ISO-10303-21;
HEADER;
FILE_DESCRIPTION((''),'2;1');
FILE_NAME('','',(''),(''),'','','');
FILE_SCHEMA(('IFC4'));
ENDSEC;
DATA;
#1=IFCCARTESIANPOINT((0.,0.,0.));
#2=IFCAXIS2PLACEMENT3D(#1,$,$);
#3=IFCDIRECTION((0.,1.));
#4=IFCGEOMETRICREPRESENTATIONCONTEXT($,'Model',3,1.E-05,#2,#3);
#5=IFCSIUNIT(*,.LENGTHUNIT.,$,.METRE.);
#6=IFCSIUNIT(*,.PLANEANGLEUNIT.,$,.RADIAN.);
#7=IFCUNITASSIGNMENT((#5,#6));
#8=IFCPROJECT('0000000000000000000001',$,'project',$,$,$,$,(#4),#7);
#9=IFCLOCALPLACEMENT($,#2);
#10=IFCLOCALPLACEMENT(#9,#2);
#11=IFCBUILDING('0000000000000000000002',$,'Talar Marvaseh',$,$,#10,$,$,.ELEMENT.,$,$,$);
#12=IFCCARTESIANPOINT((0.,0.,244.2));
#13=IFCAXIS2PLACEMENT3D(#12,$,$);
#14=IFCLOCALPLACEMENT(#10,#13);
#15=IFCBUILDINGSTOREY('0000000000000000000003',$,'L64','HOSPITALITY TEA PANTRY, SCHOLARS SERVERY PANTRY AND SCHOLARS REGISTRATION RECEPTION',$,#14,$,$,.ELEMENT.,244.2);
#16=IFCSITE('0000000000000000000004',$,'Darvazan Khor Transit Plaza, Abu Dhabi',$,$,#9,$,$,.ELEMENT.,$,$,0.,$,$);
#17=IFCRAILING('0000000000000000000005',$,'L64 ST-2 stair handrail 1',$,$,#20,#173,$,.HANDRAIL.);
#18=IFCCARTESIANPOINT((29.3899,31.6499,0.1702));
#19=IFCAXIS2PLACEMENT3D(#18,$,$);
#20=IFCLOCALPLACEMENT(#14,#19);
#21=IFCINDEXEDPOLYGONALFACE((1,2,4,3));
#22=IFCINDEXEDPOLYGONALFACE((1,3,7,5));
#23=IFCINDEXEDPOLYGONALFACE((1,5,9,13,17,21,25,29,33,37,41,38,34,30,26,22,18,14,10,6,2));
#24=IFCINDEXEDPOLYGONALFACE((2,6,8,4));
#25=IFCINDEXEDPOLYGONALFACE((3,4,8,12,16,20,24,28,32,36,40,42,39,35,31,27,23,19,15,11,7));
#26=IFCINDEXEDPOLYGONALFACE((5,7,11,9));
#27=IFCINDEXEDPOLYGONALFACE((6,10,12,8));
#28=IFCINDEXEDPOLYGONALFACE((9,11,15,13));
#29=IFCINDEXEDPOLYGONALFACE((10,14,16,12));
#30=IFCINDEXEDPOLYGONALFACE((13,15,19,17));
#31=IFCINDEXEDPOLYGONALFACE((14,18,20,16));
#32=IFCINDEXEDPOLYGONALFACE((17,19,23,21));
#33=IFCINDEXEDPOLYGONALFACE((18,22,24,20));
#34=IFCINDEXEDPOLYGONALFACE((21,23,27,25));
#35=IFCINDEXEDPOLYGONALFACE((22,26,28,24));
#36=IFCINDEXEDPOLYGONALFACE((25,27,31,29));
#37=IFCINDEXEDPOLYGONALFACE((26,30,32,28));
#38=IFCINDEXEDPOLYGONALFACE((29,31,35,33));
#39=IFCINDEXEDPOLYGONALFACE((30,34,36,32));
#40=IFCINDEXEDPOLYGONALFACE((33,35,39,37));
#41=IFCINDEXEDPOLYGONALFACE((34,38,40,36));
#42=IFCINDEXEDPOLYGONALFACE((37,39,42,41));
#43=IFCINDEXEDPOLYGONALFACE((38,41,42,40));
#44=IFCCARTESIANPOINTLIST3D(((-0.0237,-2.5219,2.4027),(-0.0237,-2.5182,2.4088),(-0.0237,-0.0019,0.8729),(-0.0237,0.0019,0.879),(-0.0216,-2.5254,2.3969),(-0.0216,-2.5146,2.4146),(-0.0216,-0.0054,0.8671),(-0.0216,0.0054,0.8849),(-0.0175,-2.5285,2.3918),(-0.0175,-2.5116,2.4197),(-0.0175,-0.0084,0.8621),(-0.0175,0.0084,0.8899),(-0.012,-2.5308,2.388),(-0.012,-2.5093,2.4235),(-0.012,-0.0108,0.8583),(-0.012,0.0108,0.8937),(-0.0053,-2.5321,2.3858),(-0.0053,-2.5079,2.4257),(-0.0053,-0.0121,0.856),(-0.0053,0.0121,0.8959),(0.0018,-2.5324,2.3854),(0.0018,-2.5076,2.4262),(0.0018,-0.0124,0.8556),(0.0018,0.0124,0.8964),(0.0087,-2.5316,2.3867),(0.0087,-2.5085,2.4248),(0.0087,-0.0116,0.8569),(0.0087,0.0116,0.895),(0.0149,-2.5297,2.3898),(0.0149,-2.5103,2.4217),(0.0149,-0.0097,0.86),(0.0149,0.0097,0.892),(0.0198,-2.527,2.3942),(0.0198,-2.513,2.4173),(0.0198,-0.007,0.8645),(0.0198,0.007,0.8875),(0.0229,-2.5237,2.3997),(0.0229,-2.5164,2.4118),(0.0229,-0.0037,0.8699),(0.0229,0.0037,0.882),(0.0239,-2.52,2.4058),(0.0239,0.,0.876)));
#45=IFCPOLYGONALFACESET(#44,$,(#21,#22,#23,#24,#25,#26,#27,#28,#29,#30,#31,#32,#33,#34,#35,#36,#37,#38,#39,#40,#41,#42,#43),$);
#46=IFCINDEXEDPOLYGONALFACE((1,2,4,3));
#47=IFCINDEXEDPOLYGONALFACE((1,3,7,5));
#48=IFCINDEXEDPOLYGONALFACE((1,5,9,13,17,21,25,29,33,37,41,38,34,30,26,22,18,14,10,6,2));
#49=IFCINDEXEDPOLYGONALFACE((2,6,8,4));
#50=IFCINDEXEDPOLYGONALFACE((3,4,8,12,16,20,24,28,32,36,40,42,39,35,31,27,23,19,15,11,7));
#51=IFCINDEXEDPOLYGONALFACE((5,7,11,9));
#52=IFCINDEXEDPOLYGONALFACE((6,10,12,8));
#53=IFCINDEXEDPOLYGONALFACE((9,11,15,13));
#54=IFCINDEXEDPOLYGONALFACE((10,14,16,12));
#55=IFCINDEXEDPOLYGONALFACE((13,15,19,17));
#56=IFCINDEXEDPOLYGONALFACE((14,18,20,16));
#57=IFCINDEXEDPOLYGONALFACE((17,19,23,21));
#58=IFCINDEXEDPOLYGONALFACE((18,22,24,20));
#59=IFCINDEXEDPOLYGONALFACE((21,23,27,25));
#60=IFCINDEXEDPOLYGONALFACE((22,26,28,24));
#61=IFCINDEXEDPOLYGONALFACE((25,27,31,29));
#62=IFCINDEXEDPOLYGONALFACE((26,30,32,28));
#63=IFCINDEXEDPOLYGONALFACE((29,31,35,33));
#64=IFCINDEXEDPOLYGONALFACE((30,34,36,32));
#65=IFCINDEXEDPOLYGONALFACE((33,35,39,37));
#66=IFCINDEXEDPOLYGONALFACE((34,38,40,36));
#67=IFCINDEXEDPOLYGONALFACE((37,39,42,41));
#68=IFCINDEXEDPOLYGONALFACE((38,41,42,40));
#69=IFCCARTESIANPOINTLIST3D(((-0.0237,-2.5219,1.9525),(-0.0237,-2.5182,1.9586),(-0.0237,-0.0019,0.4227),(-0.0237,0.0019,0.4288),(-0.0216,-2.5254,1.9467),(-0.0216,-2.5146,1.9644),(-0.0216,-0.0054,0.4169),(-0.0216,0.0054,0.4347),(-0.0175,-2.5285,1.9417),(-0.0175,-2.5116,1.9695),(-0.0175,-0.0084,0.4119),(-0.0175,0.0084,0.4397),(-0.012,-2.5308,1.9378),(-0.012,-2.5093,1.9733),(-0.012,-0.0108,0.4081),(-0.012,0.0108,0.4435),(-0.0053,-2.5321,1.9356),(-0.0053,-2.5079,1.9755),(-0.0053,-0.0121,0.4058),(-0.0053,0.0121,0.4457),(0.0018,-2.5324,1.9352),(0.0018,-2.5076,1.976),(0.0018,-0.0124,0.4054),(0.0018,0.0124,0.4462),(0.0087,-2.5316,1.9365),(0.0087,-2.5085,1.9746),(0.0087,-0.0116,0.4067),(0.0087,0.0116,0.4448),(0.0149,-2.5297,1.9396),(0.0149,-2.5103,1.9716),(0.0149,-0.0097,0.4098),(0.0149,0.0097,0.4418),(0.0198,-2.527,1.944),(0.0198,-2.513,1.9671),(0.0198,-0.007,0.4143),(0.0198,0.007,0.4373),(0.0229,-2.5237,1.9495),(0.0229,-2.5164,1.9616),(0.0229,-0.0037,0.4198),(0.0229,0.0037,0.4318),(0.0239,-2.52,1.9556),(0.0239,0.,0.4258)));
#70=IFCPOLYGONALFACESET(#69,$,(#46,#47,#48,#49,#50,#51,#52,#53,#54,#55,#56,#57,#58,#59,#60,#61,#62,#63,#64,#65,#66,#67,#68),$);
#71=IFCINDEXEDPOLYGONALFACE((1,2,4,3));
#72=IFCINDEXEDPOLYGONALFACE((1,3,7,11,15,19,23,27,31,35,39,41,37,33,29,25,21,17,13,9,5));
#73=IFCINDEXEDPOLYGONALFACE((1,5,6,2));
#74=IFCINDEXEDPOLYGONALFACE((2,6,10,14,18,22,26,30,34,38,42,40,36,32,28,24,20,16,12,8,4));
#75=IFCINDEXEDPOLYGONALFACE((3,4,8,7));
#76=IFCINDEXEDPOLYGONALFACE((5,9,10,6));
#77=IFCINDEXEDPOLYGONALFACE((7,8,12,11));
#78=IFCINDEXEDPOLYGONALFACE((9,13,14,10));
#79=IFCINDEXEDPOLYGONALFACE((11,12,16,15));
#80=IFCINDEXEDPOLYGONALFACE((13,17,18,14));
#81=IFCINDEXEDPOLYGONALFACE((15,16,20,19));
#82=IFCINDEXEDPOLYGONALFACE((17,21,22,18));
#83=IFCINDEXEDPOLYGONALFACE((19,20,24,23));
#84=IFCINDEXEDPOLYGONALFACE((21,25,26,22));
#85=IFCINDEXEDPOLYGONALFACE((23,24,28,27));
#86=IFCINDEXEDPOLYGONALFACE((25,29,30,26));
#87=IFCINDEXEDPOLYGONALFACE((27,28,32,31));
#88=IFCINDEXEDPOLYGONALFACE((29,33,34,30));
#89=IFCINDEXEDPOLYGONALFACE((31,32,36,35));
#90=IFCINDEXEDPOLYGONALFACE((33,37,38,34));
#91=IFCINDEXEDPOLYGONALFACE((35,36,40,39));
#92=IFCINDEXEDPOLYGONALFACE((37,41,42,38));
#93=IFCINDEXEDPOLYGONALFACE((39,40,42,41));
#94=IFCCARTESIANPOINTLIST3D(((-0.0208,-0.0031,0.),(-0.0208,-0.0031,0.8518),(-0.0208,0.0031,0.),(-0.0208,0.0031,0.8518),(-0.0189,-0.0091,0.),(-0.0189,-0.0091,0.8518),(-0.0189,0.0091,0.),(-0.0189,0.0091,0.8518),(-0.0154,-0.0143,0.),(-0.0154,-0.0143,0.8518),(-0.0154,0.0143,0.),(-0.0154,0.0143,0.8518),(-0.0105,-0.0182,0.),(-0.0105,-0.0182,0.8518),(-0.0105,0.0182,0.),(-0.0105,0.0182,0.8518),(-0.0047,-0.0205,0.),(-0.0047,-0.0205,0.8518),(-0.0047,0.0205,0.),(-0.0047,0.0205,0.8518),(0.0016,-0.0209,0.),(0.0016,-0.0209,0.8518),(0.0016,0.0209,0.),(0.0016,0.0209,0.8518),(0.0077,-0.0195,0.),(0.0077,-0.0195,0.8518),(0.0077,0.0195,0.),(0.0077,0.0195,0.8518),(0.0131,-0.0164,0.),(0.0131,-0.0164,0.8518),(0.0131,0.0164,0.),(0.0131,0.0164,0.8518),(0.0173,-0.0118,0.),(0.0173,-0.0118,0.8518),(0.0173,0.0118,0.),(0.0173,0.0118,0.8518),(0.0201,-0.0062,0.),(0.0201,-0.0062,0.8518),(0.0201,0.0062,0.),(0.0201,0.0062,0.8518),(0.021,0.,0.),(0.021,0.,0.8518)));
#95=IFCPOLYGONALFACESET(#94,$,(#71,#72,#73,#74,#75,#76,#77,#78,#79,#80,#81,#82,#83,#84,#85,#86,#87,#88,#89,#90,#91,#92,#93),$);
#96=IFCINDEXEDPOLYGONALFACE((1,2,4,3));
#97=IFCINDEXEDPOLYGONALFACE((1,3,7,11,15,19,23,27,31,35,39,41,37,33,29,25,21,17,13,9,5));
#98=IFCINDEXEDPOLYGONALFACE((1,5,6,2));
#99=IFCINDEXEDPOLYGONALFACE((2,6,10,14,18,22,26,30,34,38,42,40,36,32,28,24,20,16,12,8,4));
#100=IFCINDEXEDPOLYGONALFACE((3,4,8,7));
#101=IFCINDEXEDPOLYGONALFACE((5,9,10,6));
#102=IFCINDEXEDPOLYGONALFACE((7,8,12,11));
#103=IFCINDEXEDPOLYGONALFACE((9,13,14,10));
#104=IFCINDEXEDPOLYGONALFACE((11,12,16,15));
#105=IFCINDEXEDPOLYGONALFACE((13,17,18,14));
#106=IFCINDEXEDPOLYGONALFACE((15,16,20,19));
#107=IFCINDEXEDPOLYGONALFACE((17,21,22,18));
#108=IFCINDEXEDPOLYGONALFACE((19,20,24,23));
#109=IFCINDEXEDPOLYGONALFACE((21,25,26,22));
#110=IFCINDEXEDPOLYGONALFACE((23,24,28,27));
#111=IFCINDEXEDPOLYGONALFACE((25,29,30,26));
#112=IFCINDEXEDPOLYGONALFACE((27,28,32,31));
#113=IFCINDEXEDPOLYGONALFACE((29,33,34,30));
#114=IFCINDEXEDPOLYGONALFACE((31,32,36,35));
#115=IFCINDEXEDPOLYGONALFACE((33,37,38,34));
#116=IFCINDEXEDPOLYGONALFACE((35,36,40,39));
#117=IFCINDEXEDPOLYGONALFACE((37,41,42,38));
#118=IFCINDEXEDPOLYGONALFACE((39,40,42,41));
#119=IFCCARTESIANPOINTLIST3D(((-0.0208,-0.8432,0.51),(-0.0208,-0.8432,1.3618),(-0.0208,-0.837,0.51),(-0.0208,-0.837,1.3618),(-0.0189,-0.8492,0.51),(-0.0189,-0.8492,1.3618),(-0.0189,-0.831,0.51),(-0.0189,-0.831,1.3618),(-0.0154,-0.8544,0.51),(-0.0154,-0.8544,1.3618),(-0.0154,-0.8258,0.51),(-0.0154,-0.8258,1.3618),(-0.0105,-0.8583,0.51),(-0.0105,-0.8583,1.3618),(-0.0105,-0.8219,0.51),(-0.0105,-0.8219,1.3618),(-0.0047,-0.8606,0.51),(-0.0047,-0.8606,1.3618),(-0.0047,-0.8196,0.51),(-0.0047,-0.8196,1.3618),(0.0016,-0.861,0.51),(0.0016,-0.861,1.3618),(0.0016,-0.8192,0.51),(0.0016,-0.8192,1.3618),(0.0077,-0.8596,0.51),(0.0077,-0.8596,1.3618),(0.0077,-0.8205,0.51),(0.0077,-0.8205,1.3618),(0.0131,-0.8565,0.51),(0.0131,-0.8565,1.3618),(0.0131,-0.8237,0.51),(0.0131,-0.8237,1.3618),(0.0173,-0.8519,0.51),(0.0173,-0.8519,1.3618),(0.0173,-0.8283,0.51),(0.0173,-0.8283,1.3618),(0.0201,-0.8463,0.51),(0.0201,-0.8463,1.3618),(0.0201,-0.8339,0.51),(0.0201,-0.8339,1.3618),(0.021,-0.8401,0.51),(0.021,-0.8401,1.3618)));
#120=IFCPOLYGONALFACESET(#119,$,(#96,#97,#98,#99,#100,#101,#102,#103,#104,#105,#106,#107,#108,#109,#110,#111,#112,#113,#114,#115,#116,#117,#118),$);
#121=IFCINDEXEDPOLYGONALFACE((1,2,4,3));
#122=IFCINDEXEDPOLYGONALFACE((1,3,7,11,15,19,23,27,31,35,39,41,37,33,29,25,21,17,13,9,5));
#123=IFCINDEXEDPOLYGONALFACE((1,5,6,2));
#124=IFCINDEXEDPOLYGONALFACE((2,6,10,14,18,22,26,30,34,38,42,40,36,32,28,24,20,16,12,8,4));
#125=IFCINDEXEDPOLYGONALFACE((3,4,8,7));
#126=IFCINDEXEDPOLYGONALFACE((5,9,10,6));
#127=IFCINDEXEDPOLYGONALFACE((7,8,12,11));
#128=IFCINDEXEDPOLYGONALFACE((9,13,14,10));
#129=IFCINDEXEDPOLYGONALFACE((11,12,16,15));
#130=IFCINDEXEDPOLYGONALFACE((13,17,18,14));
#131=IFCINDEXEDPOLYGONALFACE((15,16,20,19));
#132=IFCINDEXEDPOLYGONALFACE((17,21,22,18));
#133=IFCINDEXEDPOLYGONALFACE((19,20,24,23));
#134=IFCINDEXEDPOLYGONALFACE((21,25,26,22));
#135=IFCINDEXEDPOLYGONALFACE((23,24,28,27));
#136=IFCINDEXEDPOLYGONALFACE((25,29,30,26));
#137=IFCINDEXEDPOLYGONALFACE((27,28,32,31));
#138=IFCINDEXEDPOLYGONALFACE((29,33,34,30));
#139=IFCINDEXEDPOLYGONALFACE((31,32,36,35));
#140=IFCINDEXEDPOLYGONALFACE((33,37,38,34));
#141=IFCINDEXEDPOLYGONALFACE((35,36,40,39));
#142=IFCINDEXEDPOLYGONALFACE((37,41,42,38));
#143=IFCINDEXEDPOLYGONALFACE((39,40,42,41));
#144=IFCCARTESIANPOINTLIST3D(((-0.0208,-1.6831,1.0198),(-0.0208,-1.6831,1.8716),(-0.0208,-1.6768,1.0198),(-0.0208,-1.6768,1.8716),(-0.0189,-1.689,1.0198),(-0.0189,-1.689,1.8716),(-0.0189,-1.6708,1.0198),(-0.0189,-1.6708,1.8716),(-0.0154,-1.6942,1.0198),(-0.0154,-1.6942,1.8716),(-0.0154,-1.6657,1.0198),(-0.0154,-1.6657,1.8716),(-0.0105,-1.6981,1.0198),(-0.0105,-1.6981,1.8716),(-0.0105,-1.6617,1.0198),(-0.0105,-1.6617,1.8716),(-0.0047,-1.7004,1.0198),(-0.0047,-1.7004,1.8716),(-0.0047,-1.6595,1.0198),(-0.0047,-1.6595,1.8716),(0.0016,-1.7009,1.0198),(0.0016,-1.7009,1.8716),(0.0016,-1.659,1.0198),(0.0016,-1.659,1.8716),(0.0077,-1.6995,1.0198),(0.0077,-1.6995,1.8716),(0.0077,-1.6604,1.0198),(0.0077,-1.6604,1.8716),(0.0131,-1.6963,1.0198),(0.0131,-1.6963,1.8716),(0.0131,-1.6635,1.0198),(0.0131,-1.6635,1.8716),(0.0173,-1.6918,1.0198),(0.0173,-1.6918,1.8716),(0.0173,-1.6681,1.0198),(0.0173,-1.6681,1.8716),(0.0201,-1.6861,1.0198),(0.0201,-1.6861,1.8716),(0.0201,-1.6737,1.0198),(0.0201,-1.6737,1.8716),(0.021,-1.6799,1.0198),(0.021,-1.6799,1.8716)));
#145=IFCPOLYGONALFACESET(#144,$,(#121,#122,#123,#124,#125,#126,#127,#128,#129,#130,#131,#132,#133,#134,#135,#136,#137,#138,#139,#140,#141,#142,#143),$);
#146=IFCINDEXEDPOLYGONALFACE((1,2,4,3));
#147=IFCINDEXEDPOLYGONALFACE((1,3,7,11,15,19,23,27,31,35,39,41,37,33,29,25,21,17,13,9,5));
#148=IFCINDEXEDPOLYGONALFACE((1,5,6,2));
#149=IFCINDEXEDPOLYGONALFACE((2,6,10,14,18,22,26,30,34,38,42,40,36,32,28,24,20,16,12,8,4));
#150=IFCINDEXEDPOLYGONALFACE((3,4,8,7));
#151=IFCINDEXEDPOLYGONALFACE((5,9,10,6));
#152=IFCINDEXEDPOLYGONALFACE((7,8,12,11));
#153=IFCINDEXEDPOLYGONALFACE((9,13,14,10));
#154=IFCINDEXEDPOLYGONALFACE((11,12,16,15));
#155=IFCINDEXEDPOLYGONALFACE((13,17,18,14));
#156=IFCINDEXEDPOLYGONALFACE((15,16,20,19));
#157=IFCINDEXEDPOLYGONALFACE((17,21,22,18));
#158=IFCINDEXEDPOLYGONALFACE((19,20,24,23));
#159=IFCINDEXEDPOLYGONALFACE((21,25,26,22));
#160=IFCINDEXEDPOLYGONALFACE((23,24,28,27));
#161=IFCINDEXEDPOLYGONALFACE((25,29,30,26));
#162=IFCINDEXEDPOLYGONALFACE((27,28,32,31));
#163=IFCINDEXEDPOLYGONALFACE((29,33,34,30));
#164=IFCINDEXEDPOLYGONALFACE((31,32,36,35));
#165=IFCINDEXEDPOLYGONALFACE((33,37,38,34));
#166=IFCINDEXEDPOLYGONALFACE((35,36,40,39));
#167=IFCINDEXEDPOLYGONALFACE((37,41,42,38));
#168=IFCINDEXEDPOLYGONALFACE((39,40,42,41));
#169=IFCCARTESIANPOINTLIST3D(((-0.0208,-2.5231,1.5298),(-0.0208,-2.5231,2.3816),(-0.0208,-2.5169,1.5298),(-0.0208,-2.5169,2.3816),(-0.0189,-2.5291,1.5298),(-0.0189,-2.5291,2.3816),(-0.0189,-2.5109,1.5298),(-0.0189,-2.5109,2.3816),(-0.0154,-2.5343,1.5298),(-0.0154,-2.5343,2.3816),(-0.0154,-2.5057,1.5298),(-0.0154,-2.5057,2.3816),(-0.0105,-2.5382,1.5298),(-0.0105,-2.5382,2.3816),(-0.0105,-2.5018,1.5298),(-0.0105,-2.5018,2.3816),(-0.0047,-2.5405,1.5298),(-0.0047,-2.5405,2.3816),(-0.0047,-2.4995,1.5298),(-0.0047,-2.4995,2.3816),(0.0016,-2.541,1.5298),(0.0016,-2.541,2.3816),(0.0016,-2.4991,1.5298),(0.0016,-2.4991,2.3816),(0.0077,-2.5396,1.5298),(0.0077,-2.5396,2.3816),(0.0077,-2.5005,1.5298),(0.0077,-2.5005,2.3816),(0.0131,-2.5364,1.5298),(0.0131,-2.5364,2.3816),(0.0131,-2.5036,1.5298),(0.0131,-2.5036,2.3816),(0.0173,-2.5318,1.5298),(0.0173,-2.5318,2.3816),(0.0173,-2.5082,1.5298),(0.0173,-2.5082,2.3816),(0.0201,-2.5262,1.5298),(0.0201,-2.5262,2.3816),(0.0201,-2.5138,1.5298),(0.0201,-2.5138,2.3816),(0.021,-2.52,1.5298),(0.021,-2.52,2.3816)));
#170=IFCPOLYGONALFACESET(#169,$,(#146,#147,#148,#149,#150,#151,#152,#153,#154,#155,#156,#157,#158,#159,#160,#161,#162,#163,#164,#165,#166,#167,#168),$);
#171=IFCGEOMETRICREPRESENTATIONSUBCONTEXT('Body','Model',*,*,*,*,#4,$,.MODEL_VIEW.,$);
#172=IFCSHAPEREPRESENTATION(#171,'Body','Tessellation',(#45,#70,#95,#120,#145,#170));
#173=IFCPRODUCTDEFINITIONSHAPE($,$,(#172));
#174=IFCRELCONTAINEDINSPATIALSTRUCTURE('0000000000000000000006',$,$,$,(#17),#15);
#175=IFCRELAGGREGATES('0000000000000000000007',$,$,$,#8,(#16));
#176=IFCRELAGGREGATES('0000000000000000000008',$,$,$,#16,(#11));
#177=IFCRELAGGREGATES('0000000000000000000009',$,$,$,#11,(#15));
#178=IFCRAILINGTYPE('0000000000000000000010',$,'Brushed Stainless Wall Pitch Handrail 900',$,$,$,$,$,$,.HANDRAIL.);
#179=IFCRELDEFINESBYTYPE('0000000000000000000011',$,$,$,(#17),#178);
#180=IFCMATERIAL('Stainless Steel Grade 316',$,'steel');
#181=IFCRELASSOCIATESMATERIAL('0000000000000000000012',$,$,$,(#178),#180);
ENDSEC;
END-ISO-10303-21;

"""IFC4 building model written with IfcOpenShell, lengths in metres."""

from ifc_helpers import new_model, si_unit, direction, frame, origin, origin_2d, place, context, subcontext, project, spatial, circle, extrude, material, type_object, element, save


model = new_model("IFC4")

# Units and contexts
model_context = context("Model", 3, precision=1e-05, world=origin(), true_north=direction((0.0, 1.0)))
body_context = subcontext(model_context, "Body", "Model", "MODEL_VIEW")
ifc_project = project(units=[si_unit("LENGTHUNIT", "METRE"), si_unit("PLANEANGLEUNIT", "RADIAN")], contexts=[model_context])

# Site, building, storey
site_placement = place(None, origin())
site = spatial("IfcSite", under=ifc_project, at=site_placement, Name="Darvazan Khor Transit Plaza, Abu Dhabi", CompositionType="ELEMENT", RefElevation=0.0)
building_placement = place(site_placement, origin())
building = spatial("IfcBuilding", under=site, at=building_placement, Name="Talar Marvaseh", CompositionType="ELEMENT")
storey_placement = place(building_placement, frame((0.0, 0.0, 244.2)))
storey = spatial("IfcBuildingStorey", under=building, at=storey_placement, Name="L64", Description="HOSPITALITY TEA PANTRY, SCHOLARS SERVERY PANTRY AND SCHOLARS REGISTRATION RECEPTION", CompositionType="ELEMENT", Elevation=244.2)

# Shared definitions
ifc_material_1 = material(Name="Stainless Steel Grade 316", Category="steel")

# Railing
railing_type_1 = type_object("IfcRailingType", Name="Brushed Stainless Wall Pitch Handrail 900", PredefinedType="HANDRAIL", material=ifc_material_1)
railing_1_placement = place(storey_placement, frame((29.3899, 31.6499, 0.1702)))
element("IfcRailing", 1, at=railing_1_placement, inside=storey, type_object=railing_type_1, Name="L64 ST-2 stair handrail 1", PredefinedType="HANDRAIL", context=body_context, shape_type="SweptSolid", body=[
    extrude(circle(Radius=0.0239, at=origin_2d()), frame((0.0, 0.0, 0.876), z_axis=(0.0, -0.854822, 0.518922), x_axis=(1.0, 0.0, 0.0)), (0.0, 0.0, 1.0), 2.948),
    extrude(circle(Radius=0.0239, at=origin_2d()), frame((0.0, 0.0, 0.4258), z_axis=(0.0, -0.854822, 0.518922), x_axis=(1.0, 0.0, 0.0)), (0.0, 0.0, 1.0), 2.948),
    extrude(circle(Radius=0.021, at=origin_2d()), origin(), (0.0, 0.0, 1.0), 0.8518),
    extrude(circle(Radius=0.021, at=origin_2d()), frame((0.0, -0.8401, 0.51)), (0.0, 0.0, 1.0), 0.8518),
    extrude(circle(Radius=0.021, at=origin_2d()), frame((0.0, -1.6799, 1.0198)), (0.0, 0.0, 1.0), 0.8518),
    extrude(circle(Radius=0.021, at=origin_2d()), frame((0.0, -2.52, 1.5298)), (0.0, 0.0, 1.0), 0.8518),
])

save(model, "model.ifc")
